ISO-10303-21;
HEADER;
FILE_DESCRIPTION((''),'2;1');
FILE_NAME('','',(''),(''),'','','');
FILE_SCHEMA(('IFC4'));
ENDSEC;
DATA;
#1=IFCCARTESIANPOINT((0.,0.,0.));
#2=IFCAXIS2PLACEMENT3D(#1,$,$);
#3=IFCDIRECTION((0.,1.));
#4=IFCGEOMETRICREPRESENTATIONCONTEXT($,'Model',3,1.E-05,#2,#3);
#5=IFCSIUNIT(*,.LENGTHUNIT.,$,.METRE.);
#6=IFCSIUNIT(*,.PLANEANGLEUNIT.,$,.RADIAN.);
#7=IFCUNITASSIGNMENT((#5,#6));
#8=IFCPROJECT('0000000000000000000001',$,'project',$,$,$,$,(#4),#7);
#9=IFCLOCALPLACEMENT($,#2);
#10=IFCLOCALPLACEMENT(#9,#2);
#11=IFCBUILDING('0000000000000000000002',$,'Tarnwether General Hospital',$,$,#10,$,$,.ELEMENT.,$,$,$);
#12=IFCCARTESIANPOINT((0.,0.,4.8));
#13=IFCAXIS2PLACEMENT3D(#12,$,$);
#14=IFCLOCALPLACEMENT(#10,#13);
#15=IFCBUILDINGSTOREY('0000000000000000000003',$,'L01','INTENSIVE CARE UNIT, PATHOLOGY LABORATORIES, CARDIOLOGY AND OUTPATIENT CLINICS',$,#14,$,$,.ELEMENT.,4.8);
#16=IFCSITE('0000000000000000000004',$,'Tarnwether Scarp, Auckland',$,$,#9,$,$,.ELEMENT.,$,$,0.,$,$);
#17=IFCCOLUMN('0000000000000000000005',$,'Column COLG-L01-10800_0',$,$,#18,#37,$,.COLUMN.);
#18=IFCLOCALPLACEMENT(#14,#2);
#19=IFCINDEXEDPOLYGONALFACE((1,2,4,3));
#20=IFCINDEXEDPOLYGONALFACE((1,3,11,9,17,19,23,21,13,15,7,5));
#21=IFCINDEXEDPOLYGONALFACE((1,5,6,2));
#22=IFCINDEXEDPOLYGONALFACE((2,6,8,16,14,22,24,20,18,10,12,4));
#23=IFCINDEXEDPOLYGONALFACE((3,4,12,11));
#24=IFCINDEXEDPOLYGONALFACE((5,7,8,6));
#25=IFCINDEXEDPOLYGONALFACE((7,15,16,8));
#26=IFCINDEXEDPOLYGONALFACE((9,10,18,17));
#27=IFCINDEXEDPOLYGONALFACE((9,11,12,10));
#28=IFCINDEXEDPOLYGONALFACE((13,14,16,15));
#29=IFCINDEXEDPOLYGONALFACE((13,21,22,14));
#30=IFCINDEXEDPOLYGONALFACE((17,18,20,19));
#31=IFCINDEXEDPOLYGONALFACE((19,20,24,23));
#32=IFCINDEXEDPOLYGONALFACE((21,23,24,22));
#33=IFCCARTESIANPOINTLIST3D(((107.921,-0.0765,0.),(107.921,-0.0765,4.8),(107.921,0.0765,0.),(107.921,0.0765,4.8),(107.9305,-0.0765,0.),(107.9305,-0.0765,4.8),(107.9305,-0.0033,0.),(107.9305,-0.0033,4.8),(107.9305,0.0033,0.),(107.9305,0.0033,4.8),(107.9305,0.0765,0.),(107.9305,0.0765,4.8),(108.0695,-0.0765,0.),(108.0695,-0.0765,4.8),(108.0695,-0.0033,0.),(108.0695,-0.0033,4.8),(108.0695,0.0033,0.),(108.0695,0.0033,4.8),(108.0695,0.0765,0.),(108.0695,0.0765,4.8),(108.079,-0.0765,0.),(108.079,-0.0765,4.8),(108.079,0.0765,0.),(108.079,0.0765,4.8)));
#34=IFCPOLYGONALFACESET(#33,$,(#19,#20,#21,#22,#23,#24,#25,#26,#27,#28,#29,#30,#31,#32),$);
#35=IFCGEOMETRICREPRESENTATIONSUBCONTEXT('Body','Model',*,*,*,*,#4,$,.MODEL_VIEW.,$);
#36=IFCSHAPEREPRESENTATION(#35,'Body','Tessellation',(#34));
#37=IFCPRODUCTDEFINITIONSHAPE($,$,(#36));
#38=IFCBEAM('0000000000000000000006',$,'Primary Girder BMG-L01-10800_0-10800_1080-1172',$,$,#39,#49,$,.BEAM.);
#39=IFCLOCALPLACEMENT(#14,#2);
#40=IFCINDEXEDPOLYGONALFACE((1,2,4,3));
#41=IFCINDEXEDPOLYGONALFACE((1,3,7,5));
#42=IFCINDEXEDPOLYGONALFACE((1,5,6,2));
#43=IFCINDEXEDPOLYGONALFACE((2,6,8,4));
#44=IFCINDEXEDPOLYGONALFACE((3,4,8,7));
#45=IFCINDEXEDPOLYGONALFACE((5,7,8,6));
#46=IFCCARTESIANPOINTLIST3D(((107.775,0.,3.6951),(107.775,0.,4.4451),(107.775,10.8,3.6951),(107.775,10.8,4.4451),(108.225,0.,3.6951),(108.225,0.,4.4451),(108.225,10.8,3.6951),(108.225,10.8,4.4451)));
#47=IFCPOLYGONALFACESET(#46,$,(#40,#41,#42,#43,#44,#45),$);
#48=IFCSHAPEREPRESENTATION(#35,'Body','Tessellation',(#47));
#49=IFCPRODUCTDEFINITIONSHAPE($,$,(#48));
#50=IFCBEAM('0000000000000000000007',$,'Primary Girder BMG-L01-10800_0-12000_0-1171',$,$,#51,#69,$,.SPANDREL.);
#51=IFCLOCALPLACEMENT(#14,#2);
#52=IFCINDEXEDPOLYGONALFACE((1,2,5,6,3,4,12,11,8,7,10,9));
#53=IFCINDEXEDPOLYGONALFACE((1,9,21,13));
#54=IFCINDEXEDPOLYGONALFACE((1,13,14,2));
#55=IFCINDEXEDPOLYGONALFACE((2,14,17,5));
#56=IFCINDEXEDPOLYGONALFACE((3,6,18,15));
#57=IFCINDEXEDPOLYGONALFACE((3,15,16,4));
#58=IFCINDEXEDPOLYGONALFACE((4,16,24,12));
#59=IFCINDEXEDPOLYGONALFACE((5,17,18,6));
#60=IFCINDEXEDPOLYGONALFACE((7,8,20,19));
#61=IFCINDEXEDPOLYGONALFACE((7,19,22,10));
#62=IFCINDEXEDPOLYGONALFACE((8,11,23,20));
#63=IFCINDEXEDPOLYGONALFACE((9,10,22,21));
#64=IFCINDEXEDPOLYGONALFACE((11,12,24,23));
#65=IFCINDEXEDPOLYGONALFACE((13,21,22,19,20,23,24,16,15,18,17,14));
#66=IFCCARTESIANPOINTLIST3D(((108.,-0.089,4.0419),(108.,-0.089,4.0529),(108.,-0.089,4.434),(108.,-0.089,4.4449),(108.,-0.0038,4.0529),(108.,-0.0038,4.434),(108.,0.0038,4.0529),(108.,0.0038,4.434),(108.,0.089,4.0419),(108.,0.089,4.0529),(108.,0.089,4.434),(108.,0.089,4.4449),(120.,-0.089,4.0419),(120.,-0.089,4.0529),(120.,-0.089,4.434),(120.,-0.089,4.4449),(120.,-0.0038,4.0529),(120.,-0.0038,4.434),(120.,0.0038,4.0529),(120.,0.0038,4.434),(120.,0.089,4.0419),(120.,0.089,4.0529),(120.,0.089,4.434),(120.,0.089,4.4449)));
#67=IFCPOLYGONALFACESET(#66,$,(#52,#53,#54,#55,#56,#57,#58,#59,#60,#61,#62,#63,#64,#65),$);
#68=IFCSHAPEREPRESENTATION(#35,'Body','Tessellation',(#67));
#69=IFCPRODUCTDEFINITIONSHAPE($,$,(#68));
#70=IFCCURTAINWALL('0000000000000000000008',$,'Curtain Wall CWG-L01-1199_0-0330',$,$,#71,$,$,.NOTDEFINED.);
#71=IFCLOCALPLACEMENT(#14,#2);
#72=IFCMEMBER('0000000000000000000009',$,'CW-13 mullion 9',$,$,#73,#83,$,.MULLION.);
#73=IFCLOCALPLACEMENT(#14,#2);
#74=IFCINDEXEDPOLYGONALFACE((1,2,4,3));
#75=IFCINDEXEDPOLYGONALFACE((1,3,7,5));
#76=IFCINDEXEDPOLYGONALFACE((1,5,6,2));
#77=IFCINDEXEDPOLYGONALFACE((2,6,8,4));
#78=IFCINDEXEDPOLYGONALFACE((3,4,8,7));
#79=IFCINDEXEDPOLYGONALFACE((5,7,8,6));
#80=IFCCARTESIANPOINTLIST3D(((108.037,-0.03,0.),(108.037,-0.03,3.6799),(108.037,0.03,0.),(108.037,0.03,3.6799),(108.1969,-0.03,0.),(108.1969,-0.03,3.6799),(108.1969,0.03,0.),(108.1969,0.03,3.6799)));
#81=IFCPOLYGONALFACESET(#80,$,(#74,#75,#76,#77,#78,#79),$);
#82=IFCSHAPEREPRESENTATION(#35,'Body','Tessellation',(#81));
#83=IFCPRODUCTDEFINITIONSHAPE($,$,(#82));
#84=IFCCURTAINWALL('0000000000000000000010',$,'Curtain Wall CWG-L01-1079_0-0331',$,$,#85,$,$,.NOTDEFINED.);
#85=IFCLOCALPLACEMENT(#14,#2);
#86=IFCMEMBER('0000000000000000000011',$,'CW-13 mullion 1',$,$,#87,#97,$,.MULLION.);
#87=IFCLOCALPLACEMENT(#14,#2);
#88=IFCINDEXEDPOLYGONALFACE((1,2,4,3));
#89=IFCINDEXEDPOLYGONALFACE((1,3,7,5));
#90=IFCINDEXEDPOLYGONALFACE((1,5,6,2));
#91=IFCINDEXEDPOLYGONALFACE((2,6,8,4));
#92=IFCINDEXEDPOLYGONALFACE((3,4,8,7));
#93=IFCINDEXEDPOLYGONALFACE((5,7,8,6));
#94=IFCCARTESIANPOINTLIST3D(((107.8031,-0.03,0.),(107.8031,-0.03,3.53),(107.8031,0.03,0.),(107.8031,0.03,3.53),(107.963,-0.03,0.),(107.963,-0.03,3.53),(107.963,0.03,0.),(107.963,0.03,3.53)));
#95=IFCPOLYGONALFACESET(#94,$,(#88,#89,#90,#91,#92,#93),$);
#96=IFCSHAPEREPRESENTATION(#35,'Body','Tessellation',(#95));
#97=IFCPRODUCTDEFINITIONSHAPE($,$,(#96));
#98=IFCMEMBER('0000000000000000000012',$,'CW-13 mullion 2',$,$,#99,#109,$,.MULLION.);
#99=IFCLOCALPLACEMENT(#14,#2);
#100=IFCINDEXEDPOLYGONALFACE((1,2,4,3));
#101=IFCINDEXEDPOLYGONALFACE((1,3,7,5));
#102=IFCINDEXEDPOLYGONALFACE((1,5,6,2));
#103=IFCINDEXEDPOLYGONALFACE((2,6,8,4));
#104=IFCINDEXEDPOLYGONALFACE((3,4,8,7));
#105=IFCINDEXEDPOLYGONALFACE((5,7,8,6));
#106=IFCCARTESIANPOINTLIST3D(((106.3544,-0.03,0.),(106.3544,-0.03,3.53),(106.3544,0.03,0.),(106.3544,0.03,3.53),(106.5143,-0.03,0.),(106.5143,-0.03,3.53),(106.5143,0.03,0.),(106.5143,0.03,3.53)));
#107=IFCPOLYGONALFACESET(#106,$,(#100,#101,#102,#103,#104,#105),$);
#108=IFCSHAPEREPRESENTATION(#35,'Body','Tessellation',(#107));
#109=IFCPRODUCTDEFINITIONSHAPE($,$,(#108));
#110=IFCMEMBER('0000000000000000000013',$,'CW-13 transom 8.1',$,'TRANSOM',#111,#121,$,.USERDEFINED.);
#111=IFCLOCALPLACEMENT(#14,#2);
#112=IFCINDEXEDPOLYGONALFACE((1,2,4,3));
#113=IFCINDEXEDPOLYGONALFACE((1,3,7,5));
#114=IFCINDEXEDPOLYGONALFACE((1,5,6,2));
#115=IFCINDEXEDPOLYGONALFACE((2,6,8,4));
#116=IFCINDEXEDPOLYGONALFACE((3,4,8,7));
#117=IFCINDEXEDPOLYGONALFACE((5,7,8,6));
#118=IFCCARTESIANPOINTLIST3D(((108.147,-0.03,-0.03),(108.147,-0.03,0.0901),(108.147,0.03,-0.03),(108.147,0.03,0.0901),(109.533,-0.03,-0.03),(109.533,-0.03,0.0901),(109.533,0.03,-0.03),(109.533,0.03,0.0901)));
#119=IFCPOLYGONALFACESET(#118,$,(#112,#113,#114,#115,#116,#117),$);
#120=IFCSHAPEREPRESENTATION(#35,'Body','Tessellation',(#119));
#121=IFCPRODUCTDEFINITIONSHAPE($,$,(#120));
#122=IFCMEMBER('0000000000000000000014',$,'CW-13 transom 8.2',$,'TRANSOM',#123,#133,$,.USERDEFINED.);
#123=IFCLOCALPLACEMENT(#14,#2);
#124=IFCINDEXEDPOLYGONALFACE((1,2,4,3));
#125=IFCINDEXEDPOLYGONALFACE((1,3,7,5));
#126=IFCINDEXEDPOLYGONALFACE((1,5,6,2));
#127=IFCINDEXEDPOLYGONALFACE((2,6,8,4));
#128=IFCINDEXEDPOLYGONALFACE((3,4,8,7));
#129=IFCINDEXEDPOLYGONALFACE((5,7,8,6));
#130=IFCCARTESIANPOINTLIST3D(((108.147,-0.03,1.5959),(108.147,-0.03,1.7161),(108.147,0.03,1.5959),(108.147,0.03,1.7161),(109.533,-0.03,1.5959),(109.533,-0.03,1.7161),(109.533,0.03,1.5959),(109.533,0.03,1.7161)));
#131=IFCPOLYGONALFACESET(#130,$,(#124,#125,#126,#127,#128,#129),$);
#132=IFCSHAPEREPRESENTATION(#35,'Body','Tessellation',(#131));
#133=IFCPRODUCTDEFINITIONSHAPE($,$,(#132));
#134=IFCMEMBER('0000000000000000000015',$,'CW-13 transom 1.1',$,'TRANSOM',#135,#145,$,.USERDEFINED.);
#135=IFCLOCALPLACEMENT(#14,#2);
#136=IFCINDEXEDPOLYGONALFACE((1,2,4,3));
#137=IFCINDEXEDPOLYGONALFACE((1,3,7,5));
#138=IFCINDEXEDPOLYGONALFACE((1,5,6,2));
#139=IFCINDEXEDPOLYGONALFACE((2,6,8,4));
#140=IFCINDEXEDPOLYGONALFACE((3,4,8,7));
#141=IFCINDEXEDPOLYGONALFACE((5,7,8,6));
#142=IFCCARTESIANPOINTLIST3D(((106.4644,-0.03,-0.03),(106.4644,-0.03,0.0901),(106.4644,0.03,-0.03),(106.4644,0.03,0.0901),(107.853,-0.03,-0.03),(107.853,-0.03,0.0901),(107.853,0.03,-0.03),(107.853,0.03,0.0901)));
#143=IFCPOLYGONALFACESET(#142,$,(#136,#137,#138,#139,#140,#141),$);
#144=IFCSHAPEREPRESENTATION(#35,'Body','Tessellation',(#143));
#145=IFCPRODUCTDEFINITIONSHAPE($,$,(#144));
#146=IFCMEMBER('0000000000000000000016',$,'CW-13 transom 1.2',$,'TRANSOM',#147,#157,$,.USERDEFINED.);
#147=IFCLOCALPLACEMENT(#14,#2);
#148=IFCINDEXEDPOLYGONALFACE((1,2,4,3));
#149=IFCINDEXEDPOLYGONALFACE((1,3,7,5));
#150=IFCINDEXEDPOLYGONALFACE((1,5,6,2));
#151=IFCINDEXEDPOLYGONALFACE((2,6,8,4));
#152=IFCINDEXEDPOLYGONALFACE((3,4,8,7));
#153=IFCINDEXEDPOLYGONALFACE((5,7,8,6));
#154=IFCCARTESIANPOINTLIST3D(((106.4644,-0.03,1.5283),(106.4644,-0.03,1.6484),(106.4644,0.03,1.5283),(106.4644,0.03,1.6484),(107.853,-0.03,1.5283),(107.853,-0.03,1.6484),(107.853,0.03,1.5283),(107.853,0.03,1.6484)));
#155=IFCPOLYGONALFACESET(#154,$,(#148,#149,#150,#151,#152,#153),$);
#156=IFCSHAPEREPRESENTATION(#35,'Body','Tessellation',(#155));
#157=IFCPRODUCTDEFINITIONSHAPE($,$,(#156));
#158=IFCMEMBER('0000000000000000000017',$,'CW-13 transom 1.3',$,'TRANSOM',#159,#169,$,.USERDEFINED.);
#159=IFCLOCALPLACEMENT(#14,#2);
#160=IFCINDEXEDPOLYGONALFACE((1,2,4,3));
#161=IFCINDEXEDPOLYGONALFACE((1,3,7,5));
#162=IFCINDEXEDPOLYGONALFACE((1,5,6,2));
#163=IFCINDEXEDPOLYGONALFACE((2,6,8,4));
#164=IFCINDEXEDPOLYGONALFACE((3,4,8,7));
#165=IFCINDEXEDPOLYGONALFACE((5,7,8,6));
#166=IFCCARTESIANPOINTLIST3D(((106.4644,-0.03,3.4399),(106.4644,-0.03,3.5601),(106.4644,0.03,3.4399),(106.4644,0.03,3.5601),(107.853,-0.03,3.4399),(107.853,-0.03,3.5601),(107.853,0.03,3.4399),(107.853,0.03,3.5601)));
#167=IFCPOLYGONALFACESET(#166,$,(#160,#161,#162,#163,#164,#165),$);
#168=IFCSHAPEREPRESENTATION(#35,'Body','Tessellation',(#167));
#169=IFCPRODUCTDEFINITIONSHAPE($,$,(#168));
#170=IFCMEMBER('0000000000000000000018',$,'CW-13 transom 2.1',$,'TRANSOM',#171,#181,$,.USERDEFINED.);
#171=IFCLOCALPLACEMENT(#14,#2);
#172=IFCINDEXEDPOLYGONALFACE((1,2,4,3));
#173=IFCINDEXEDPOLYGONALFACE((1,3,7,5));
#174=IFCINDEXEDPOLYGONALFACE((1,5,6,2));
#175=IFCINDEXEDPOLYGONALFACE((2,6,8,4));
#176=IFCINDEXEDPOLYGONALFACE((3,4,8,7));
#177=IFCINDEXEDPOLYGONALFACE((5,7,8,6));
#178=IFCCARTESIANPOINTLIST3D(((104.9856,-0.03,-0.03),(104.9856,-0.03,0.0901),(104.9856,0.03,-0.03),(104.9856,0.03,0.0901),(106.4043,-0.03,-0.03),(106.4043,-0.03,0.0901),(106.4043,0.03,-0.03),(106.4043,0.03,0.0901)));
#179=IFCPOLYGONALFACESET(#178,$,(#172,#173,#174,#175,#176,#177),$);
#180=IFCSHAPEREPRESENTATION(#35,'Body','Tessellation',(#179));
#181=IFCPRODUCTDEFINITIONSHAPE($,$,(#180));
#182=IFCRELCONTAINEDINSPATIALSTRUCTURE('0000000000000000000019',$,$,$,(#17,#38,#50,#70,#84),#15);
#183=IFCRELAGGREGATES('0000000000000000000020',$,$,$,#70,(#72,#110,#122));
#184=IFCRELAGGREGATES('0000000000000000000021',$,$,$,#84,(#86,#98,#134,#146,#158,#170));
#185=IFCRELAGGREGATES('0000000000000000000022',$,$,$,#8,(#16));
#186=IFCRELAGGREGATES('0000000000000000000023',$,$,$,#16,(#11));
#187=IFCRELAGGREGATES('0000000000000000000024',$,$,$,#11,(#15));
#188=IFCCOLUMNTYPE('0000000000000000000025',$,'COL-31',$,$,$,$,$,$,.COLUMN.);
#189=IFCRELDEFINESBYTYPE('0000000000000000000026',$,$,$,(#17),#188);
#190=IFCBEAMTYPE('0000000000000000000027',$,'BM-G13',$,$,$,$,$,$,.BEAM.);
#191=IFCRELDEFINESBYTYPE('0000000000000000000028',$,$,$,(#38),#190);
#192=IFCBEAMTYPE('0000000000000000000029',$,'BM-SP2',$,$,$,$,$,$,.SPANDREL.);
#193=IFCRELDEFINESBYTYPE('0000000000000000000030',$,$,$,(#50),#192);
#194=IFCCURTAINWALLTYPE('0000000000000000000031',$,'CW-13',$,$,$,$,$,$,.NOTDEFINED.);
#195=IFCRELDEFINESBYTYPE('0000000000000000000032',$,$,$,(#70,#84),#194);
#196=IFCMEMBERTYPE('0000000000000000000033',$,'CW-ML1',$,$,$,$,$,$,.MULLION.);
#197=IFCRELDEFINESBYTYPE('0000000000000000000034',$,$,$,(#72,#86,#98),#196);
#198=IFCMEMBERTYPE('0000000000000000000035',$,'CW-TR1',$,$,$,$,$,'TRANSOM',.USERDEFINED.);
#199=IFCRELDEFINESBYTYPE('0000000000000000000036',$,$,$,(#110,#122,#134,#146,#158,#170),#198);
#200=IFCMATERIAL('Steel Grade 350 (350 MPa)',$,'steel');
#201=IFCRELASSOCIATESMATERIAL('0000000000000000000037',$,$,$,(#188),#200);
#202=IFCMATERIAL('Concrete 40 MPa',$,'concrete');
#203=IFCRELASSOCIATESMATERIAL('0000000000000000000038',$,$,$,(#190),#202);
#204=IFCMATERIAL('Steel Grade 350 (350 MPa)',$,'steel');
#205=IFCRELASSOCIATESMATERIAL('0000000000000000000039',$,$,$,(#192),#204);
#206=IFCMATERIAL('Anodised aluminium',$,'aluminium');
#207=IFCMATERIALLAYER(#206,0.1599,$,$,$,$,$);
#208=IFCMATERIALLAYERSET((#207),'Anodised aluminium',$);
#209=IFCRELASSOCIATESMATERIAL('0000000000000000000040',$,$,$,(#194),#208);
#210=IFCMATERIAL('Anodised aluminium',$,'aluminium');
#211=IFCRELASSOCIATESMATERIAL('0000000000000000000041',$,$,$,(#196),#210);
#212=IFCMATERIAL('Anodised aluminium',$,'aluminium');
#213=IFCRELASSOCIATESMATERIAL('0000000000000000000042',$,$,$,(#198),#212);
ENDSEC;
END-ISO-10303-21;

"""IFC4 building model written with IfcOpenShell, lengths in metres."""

from ifc_helpers import new_model, si_unit, direction, frame, origin, origin_2d, place, context, subcontext, project, spatial, rectangle, i_section, extrude, material, layer, layer_set, material_profile, profile_set, type_object, element, aggregate, save


model = new_model("IFC4")

# Units and contexts
model_context = context("Model", 3, precision=1e-05, world=origin(), true_north=direction((0.0, 1.0)))
body_context = subcontext(model_context, "Body", "Model", "MODEL_VIEW")
ifc_project = project(units=[si_unit("LENGTHUNIT", "METRE"), si_unit("PLANEANGLEUNIT", "RADIAN")], contexts=[model_context])

# Site, building, storey
site_placement = place(None, origin())
site = spatial("IfcSite", under=ifc_project, at=site_placement, Name="Tarnwether Scarp, Auckland", CompositionType="ELEMENT", RefElevation=0.0)
building_placement = place(site_placement, origin())
building = spatial("IfcBuilding", under=site, at=building_placement, Name="Tarnwether General Hospital", CompositionType="ELEMENT")
storey_placement = place(building_placement, frame((0.0, 0.0, 4.8)))
storey = spatial("IfcBuildingStorey", under=building, at=storey_placement, Name="L01", Description="INTENSIVE CARE UNIT, PATHOLOGY LABORATORIES, CARDIOLOGY AND OUTPATIENT CLINICS", CompositionType="ELEMENT", Elevation=4.8)

# Column
ifc_material_1 = material(Name="Steel Grade 350 (350 MPa)", Category="steel")
ifc_material_profile_1 = material_profile(ifc_material_1, i_section(OverallWidth=0.1531, OverallDepth=0.158, WebThickness=0.0066, FlangeThickness=0.0095, at=origin_2d()), Name="150UC30.0")
ifc_profile_set_1 = profile_set([ifc_material_profile_1], Name="Steel Grade 350 (350 MPa)")
column_type = type_object("IfcColumnType", Name="COL-31", PredefinedType="COLUMN", material=ifc_profile_set_1)
column_placement = place(storey_placement, frame((108.0, 0.0, 0.0), z_axis=(0.0, 0.0, 1.0), x_axis=(0.0, 1.0, 0.0)))
element("IfcColumn", 1, at=column_placement, inside=storey, type_object=column_type, Name="Column COLG-L01-10800_0", PredefinedType="COLUMN", context=body_context, shape_type="SweptSolid", body=[
    extrude(i_section(OverallWidth=0.1531, OverallDepth=0.158, WebThickness=0.0066, FlangeThickness=0.0095, at=origin_2d()), origin(), (0.0, 0.0, 1.0), 4.8),
])

# Beams
ifc_material_2 = material(Name="Concrete 40 MPa", Category="concrete")
ifc_material_profile_2 = material_profile(ifc_material_2, rectangle(XDim=0.45, YDim=0.75, at=origin_2d()), Name="RC-BM-450x750")
ifc_profile_set_2 = profile_set([ifc_material_profile_2], Name="Concrete 40 MPa")
beam_type_1 = type_object("IfcBeamType", Name="BM-G13", PredefinedType="BEAM", material=ifc_profile_set_2)
beam_1_placement = place(storey_placement, frame((108.0, 0.0, 4.0701), z_axis=(0.0, 1.0, 0.0), x_axis=(-1.0, 0.0, 0.0)))
element("IfcBeam", 2, at=beam_1_placement, inside=storey, type_object=beam_type_1, Name="Primary Girder BMG-L01-10800_0-10800_1080-1172", PredefinedType="BEAM", context=body_context, shape_type="SweptSolid", body=[
    extrude(rectangle(XDim=0.45, YDim=0.75, at=origin_2d()), origin(), (0.0, 0.0, 1.0), 10.8),
])
ifc_material_3 = material(Name="Steel Grade 350 (350 MPa)", Category="steel")
ifc_material_profile_3 = material_profile(ifc_material_3, i_section(OverallWidth=0.178, OverallDepth=0.4031, WebThickness=0.0076, FlangeThickness=0.011, at=origin_2d()), Name="410UB53.7")
ifc_profile_set_3 = profile_set([ifc_material_profile_3], Name="Steel Grade 350 (350 MPa)")
beam_type_2 = type_object("IfcBeamType", Name="BM-SP2", PredefinedType="SPANDREL", material=ifc_profile_set_3)
beam_2_placement = place(storey_placement, frame((108.0, 0.0, 4.2434), z_axis=(1.0, 0.0, 0.0), x_axis=(0.0, 1.0, 0.0)))
element("IfcBeam", 3, at=beam_2_placement, inside=storey, type_object=beam_type_2, Name="Primary Girder BMG-L01-10800_0-12000_0-1171", PredefinedType="SPANDREL", context=body_context, shape_type="SweptSolid", body=[
    extrude(i_section(OverallWidth=0.178, OverallDepth=0.4031, WebThickness=0.0076, FlangeThickness=0.011, at=origin_2d()), origin(), (0.0, 0.0, 1.0), 12.0),
])

# Curtain wall, member
ifc_material_4 = material(Name="Anodised aluminium", Category="aluminium")
ifc_layer_1 = layer(ifc_material_4, 0.1599)
ifc_layer_set_1 = layer_set([ifc_layer_1], Name="Anodised aluminium")
curtain_wall_type = type_object("IfcCurtainWallType", Name="CW-13", PredefinedType="NOTDEFINED", material=ifc_layer_set_1)
curtain_wall_1_placement = place(storey_placement, origin())
curtain_wall_1 = element("IfcCurtainWall", 4, at=curtain_wall_1_placement, inside=storey, type_object=curtain_wall_type, Name="Curtain Wall CWG-L01-1199_0-0330", PredefinedType="NOTDEFINED")
ifc_material_5 = material(Name="Anodised aluminium", Category="aluminium")
ifc_material_profile_4 = material_profile(ifc_material_5, rectangle(XDim=0.0601, YDim=0.1599, at=origin_2d()), Name="ALU-MUL-60x160")
ifc_profile_set_4 = profile_set([ifc_material_profile_4], Name="Anodised aluminium")
member_type_1 = type_object("IfcMemberType", Name="CW-ML1", PredefinedType="MULLION", material=ifc_profile_set_4)
member_1_placement = place(storey_placement, frame((108.1169, 0.0, 0.0), z_axis=(0.0, 0.0, 1.0), x_axis=(0.0, -1.0, 0.0)))
member_1 = element("IfcMember", 5, at=member_1_placement, type_object=member_type_1, Name="CW-13 mullion 9", PredefinedType="MULLION", context=body_context, shape_type="SweptSolid", body=[
    extrude(rectangle(XDim=0.0601, YDim=0.1599, at=origin_2d()), origin(), (0.0, 0.0, 1.0), 3.6799),
])

# Curtain wall, members
curtain_wall_2_placement = place(storey_placement, origin())
curtain_wall_2 = element("IfcCurtainWall", 6, at=curtain_wall_2_placement, inside=storey, type_object=curtain_wall_type, Name="Curtain Wall CWG-L01-1079_0-0331", PredefinedType="NOTDEFINED")
member_2_placement = place(storey_placement, frame((107.8831, 0.0, 0.0), z_axis=(0.0, 0.0, 1.0), x_axis=(0.0, -1.0, 0.0)))
member_2 = element("IfcMember", 7, at=member_2_placement, type_object=member_type_1, Name="CW-13 mullion 1", PredefinedType="MULLION", context=body_context, shape_type="SweptSolid", body=[
    extrude(rectangle(XDim=0.0601, YDim=0.1599, at=origin_2d()), origin(), (0.0, 0.0, 1.0), 3.53),
])
member_3_placement = place(storey_placement, frame((106.4343, 0.0, 0.0), z_axis=(0.0, 0.0, 1.0), x_axis=(0.0, -1.0, 0.0)))
member_3 = element("IfcMember", 8, at=member_3_placement, type_object=member_type_1, Name="CW-13 mullion 2", PredefinedType="MULLION", context=body_context, shape_type="SweptSolid", body=[
    extrude(rectangle(XDim=0.0601, YDim=0.1599, at=origin_2d()), origin(), (0.0, 0.0, 1.0), 3.53),
])

# Members
ifc_material_6 = material(Name="Anodised aluminium", Category="aluminium")
ifc_material_profile_5 = material_profile(ifc_material_6, rectangle(XDim=0.0601, YDim=0.1201, at=origin_2d()), Name="ALU-TRN-60x120")
ifc_profile_set_5 = profile_set([ifc_material_profile_5], Name="Anodised aluminium")
member_type_2 = type_object("IfcMemberType", Name="CW-TR1", ElementType="TRANSOM", PredefinedType="USERDEFINED", material=ifc_profile_set_5)
member_4_placement = place(storey_placement, frame((109.533, 0.0, 0.03), z_axis=(-1.0, 0.0, 0.0), x_axis=(0.0, -1.0, 0.0)))
member_4 = element("IfcMember", 9, at=member_4_placement, type_object=member_type_2, Name="CW-13 transom 8.1", ObjectType="TRANSOM", PredefinedType="USERDEFINED", context=body_context, shape_type="SweptSolid", body=[
    extrude(rectangle(XDim=0.0601, YDim=0.1201, at=origin_2d()), origin(), (0.0, 0.0, 1.0), 1.386),
])
member_5_placement = place(storey_placement, frame((109.533, 0.0, 1.656), z_axis=(-1.0, 0.0, 0.0), x_axis=(0.0, -1.0, 0.0)))
member_5 = element("IfcMember", 10, at=member_5_placement, type_object=member_type_2, Name="CW-13 transom 8.2", ObjectType="TRANSOM", PredefinedType="USERDEFINED", context=body_context, shape_type="SweptSolid", body=[
    extrude(rectangle(XDim=0.0601, YDim=0.1201, at=origin_2d()), origin(), (0.0, 0.0, 1.0), 1.386),
])
member_6_placement = place(storey_placement, frame((107.853, 0.0, 0.03), z_axis=(-1.0, 0.0, 0.0), x_axis=(0.0, -1.0, 0.0)))
member_6 = element("IfcMember", 11, at=member_6_placement, type_object=member_type_2, Name="CW-13 transom 1.1", ObjectType="TRANSOM", PredefinedType="USERDEFINED", context=body_context, shape_type="SweptSolid", body=[
    extrude(rectangle(XDim=0.0601, YDim=0.1201, at=origin_2d()), origin(), (0.0, 0.0, 1.0), 1.3887),
])
member_7_placement = place(storey_placement, frame((107.853, 0.0, 1.5884), z_axis=(-1.0, 0.0, 0.0), x_axis=(0.0, -1.0, 0.0)))
member_7 = element("IfcMember", 12, at=member_7_placement, type_object=member_type_2, Name="CW-13 transom 1.2", ObjectType="TRANSOM", PredefinedType="USERDEFINED", context=body_context, shape_type="SweptSolid", body=[
    extrude(rectangle(XDim=0.0601, YDim=0.1201, at=origin_2d()), origin(), (0.0, 0.0, 1.0), 1.3887),
])
member_8_placement = place(storey_placement, frame((107.853, 0.0, 3.5), z_axis=(-1.0, 0.0, 0.0), x_axis=(0.0, -1.0, 0.0)))
member_8 = element("IfcMember", 13, at=member_8_placement, type_object=member_type_2, Name="CW-13 transom 1.3", ObjectType="TRANSOM", PredefinedType="USERDEFINED", context=body_context, shape_type="SweptSolid", body=[
    extrude(rectangle(XDim=0.0601, YDim=0.1201, at=origin_2d()), origin(), (0.0, 0.0, 1.0), 1.3887),
])
member_9_placement = place(storey_placement, frame((106.4043, 0.0, 0.03), z_axis=(-1.0, 0.0, 0.0), x_axis=(0.0, -1.0, 0.0)))
member_9 = element("IfcMember", 14, at=member_9_placement, type_object=member_type_2, Name="CW-13 transom 2.1", ObjectType="TRANSOM", PredefinedType="USERDEFINED", context=body_context, shape_type="SweptSolid", body=[
    extrude(rectangle(XDim=0.0601, YDim=0.1201, at=origin_2d()), origin(), (0.0, 0.0, 1.0), 1.4187),
])

aggregate(curtain_wall_1, [member_1, member_4, member_5])
aggregate(curtain_wall_2, [member_2, member_3, member_6, member_7, member_8, member_9])

save(model, "model.ifc")
